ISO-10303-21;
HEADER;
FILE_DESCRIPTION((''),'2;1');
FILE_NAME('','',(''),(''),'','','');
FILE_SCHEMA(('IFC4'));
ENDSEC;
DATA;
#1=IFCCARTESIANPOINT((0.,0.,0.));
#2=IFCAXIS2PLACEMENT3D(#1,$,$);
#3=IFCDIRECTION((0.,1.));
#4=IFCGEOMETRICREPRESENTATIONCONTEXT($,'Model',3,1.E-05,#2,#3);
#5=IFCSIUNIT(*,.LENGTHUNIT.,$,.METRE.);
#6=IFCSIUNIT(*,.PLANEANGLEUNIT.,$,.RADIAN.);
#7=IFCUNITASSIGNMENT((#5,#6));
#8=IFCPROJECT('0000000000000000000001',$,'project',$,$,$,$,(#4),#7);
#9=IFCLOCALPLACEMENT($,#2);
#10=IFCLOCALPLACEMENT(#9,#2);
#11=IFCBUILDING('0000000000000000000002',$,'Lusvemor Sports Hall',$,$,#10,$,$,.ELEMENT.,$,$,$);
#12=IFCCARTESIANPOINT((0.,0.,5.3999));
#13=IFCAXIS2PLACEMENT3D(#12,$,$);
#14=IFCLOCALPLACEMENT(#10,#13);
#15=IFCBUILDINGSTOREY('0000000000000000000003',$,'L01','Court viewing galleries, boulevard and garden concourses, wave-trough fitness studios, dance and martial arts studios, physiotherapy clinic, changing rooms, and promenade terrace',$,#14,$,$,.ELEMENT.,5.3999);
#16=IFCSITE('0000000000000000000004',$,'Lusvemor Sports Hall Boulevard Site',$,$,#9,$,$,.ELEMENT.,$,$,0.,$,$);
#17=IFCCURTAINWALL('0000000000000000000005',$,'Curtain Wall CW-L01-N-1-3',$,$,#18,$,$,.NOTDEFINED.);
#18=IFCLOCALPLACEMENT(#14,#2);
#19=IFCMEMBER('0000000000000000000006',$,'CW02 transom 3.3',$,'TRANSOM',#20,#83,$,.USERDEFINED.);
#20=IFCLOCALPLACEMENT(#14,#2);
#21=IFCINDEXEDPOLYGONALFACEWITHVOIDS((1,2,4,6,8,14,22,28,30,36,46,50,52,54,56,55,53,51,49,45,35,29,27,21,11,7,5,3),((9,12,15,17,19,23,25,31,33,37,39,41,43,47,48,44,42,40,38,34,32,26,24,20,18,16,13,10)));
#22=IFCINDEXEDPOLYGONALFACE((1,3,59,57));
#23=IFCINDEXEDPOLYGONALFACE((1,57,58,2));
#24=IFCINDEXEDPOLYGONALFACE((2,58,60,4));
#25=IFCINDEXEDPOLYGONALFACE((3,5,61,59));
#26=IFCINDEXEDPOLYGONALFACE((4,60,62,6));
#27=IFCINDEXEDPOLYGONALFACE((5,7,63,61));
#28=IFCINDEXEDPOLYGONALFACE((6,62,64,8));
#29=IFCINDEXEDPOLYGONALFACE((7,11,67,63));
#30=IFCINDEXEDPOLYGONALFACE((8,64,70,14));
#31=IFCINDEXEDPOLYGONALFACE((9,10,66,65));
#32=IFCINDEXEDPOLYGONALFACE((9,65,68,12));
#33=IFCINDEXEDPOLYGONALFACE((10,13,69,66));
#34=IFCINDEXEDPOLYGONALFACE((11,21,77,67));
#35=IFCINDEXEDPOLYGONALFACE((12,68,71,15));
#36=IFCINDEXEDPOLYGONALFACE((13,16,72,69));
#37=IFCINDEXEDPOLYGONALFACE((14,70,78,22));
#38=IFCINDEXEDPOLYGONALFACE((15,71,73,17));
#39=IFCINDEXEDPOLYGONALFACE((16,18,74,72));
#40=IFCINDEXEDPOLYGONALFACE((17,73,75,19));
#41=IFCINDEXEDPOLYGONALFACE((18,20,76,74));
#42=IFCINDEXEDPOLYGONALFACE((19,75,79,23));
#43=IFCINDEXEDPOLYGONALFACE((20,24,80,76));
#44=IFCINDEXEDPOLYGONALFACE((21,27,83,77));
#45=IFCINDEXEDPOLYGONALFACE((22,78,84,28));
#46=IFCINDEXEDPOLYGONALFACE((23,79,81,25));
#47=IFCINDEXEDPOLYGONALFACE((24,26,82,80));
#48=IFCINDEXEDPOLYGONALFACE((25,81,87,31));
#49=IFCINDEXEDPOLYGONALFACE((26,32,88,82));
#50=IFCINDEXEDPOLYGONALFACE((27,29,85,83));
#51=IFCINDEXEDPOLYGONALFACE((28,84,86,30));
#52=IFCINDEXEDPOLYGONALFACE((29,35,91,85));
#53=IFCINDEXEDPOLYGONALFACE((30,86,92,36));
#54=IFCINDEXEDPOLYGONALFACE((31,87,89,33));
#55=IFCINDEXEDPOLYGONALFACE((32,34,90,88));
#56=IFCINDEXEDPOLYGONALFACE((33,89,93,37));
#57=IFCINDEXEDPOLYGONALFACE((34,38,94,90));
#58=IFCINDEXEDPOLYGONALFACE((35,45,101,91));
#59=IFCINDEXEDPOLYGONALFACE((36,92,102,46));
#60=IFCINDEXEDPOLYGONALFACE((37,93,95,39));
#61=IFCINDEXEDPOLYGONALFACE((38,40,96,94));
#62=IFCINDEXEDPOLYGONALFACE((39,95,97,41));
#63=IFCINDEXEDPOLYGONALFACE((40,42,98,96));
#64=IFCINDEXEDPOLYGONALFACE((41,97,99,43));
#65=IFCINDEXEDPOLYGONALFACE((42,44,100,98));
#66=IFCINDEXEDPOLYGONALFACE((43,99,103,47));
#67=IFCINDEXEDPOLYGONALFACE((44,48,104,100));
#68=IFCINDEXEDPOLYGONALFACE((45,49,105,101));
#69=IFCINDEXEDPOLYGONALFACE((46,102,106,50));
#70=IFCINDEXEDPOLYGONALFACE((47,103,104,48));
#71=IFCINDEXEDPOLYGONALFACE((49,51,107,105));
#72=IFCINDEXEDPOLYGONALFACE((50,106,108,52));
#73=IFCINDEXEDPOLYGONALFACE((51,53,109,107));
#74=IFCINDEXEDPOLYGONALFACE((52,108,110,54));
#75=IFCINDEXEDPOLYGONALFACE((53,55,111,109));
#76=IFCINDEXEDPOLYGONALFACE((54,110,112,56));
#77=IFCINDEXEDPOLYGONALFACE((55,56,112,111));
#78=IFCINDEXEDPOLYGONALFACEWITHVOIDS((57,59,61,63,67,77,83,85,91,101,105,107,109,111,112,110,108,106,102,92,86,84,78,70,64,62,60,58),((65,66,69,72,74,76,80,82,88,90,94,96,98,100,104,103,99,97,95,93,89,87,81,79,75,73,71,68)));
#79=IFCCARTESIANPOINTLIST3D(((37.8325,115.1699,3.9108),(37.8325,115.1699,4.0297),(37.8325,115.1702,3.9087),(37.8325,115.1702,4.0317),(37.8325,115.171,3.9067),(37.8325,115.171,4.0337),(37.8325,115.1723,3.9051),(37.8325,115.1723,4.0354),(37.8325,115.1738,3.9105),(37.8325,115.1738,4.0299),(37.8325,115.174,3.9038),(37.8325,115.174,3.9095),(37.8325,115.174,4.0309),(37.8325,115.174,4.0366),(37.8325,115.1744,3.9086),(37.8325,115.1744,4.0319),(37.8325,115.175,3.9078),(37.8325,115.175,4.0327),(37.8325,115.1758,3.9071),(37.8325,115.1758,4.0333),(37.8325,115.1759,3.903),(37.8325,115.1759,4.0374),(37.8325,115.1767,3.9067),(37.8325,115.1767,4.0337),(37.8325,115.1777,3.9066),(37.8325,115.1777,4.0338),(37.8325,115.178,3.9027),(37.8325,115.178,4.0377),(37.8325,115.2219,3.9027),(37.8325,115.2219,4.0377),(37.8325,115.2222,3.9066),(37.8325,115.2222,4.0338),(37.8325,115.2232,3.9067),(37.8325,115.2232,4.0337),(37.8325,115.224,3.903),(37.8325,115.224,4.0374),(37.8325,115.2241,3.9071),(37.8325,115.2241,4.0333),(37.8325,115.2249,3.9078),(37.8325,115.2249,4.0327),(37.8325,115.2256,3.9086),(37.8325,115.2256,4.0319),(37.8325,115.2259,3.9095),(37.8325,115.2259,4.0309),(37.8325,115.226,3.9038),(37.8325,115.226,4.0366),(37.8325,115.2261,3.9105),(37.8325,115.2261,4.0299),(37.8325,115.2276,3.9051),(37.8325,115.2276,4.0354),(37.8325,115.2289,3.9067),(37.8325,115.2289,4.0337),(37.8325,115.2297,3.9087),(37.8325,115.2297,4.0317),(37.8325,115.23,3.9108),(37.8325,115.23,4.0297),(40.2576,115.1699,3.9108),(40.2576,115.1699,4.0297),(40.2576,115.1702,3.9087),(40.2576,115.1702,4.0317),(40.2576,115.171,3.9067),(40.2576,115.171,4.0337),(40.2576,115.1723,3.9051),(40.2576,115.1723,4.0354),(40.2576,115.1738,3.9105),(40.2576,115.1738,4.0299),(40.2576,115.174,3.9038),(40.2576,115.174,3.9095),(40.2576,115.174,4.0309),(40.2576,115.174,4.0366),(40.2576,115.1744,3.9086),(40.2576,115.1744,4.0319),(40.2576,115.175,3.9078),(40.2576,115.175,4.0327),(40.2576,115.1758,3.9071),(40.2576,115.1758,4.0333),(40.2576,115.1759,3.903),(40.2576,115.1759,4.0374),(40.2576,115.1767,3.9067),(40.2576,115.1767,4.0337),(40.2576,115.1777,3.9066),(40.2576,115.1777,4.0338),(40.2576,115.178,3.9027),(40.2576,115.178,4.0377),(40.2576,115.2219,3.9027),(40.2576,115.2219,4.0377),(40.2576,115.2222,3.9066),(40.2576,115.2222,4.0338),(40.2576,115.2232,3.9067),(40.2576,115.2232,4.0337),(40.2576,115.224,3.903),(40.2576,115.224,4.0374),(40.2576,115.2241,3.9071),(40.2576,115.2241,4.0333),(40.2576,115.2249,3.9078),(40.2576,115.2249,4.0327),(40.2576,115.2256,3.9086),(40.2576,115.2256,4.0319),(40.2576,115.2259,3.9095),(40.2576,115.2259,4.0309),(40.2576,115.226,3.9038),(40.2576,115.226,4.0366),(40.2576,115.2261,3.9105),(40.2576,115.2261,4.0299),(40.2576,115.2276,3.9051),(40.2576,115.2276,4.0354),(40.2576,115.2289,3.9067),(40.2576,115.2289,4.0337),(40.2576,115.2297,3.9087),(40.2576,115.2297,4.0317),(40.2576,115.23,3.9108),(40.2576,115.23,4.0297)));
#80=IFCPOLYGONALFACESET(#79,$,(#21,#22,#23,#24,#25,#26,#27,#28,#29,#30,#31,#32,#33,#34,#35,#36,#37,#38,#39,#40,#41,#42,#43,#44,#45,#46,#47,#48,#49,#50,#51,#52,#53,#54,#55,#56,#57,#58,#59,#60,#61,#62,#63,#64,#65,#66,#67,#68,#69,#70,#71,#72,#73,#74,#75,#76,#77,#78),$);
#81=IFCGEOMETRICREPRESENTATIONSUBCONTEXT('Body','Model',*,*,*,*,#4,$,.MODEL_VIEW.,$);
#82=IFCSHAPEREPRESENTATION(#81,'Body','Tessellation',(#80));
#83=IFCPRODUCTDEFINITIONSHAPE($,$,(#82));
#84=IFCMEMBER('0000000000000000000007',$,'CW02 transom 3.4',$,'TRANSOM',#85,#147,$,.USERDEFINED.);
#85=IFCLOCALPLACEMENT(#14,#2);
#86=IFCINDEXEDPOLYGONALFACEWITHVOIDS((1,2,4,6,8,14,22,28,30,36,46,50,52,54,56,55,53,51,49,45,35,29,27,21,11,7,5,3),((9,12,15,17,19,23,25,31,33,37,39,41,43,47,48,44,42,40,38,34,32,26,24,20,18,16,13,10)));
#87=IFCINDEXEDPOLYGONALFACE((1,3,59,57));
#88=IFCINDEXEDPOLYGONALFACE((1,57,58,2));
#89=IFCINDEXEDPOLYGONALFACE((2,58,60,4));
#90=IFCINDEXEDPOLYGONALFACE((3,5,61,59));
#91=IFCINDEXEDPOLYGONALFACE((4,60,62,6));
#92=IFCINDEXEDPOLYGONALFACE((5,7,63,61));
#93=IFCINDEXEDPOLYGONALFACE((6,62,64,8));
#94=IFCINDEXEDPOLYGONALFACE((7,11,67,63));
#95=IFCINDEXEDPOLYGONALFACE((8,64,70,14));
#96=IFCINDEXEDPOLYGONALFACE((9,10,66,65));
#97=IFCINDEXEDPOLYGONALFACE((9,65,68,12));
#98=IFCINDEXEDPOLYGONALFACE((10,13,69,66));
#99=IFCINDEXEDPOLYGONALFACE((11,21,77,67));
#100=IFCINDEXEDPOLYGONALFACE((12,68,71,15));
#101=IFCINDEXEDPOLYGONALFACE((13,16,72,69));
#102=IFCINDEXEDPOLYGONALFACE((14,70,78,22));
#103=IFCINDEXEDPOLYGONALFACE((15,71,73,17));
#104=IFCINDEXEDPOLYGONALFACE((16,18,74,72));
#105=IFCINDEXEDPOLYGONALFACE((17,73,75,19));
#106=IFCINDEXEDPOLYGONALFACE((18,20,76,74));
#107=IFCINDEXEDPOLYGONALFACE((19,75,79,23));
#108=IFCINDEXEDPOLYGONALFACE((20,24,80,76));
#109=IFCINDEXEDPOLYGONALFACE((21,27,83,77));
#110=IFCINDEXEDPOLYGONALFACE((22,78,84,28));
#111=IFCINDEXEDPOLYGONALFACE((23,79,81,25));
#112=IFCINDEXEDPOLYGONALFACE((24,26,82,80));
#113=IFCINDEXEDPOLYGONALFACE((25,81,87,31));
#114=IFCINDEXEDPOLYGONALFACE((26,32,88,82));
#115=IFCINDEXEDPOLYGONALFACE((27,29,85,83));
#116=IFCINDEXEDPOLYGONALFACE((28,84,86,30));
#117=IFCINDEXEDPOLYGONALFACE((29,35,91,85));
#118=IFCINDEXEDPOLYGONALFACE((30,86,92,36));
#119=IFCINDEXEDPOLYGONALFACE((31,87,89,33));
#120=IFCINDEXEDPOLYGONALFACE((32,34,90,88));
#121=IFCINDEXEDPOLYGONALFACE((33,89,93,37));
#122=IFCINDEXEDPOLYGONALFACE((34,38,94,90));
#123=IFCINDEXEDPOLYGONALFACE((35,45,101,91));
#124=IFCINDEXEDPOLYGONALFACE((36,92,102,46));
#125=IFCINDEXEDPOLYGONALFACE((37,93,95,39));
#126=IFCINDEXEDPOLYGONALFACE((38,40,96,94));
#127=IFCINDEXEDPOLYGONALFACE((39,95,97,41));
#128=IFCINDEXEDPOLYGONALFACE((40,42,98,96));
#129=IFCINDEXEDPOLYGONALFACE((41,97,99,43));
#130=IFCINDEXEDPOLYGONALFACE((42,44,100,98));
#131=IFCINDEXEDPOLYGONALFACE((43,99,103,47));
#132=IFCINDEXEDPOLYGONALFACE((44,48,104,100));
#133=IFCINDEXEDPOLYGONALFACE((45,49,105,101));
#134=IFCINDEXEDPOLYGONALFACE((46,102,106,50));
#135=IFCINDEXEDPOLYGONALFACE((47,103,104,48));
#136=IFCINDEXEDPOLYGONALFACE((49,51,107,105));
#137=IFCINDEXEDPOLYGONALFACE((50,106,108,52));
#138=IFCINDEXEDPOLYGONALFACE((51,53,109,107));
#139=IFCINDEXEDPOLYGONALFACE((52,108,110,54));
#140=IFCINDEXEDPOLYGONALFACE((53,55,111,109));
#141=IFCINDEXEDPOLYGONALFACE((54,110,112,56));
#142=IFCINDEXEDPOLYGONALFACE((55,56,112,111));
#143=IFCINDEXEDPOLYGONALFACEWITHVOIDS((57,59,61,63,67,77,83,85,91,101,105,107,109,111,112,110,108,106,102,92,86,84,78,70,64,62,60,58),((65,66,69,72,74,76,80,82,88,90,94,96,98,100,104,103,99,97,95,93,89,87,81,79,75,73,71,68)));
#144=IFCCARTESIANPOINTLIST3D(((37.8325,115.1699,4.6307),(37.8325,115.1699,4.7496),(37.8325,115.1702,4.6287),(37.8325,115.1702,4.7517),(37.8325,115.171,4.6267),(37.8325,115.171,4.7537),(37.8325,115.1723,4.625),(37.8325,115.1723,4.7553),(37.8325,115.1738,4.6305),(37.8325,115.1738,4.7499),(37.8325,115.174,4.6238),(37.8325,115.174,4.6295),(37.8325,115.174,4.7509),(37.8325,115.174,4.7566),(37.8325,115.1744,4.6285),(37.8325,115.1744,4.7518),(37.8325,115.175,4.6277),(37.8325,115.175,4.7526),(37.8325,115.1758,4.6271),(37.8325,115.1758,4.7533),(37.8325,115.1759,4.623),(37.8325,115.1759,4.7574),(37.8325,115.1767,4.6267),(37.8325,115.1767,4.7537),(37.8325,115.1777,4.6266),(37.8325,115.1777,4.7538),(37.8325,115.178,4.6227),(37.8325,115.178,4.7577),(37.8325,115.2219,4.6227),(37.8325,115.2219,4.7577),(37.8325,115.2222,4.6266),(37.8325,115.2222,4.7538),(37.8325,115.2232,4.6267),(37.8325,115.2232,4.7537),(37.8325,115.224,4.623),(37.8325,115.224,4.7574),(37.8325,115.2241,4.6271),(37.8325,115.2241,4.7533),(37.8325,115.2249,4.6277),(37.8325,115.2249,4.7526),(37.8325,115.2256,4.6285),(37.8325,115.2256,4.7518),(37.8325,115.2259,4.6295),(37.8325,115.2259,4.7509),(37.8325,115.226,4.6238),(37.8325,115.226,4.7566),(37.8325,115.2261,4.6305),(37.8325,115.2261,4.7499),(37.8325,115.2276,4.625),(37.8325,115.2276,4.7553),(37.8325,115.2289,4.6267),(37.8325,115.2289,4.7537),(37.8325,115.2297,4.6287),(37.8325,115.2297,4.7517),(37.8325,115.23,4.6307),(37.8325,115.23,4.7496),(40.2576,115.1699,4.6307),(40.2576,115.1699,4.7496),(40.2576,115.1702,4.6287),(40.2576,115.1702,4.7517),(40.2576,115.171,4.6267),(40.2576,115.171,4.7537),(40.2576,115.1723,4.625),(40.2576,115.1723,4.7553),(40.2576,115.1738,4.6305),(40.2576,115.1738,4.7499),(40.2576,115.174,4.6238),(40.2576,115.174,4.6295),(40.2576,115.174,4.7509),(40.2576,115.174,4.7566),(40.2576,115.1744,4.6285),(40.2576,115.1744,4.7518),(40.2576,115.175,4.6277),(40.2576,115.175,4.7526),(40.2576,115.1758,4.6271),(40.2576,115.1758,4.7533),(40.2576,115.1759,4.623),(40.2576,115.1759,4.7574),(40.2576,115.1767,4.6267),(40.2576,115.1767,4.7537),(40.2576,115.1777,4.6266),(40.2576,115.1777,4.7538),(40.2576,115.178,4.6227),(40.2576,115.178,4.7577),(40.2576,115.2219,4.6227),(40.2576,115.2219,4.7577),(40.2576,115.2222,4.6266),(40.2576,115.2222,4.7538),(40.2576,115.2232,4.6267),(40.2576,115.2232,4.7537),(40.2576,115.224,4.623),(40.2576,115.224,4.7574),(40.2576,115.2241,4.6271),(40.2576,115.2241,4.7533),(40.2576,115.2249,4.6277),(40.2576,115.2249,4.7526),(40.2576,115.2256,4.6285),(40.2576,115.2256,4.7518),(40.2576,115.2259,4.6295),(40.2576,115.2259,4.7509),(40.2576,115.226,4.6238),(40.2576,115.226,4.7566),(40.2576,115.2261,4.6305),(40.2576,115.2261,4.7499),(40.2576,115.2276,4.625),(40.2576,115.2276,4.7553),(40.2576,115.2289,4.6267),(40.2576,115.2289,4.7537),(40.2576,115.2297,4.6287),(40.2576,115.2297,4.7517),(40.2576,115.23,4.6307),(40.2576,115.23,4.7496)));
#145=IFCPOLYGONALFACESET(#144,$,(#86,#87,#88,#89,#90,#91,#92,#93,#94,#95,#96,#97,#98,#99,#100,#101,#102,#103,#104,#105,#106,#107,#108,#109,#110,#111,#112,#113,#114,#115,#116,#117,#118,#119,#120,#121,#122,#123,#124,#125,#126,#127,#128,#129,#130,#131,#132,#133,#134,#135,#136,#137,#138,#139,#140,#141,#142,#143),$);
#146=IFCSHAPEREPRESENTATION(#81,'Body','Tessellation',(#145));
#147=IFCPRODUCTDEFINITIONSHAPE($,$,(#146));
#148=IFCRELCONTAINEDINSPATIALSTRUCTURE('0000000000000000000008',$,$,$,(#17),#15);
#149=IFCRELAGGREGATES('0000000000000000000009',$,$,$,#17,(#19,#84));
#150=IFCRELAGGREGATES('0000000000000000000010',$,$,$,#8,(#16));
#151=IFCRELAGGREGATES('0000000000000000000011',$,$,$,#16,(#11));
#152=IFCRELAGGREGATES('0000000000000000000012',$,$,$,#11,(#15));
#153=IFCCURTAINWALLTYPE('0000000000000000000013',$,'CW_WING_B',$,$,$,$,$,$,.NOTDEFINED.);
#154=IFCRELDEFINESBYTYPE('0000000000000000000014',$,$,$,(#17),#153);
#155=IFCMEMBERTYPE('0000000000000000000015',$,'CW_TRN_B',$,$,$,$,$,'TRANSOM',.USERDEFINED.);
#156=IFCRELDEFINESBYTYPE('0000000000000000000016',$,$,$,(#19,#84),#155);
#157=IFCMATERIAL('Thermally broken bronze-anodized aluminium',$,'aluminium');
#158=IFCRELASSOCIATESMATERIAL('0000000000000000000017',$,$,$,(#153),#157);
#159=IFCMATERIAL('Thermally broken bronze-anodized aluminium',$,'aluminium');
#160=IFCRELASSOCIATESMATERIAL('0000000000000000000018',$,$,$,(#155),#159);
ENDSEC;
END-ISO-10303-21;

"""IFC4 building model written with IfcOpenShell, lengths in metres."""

from ifc_helpers import new_model, si_unit, direction, frame, origin, origin_2d, place, context, subcontext, project, spatial, hollow_rectangle, extrude, material, material_profile, profile_set, type_object, element, aggregate, save


model = new_model("IFC4")

# Units and contexts
model_context = context("Model", 3, precision=1e-05, world=origin(), true_north=direction((0.0, 1.0)))
body_context = subcontext(model_context, "Body", "Model", "MODEL_VIEW")
ifc_project = project(units=[si_unit("LENGTHUNIT", "METRE"), si_unit("PLANEANGLEUNIT", "RADIAN")], contexts=[model_context])

# Site, building, storey
site_placement = place(None, origin())
site = spatial("IfcSite", under=ifc_project, at=site_placement, Name="Lusvemor Sports Hall Boulevard Site", CompositionType="ELEMENT", RefElevation=0.0)
building_placement = place(site_placement, origin())
building = spatial("IfcBuilding", under=site, at=building_placement, Name="Lusvemor Sports Hall", CompositionType="ELEMENT")
storey_placement = place(building_placement, frame((0.0, 0.0, 5.3999)))
storey = spatial("IfcBuildingStorey", under=building, at=storey_placement, Name="L01", Description="Court viewing galleries, boulevard and garden concourses, wave-trough fitness studios, dance and martial arts studios, physiotherapy clinic, changing rooms, and promenade terrace", CompositionType="ELEMENT", Elevation=5.3999)

# Curtain wall, members
ifc_material_1 = material(Name="Thermally broken bronze-anodized aluminium", Category="aluminium")
curtain_wall_type = type_object("IfcCurtainWallType", Name="CW_WING_B", PredefinedType="NOTDEFINED", material=ifc_material_1)
curtain_wall_placement = place(storey_placement, origin())
curtain_wall = element("IfcCurtainWall", 1, at=curtain_wall_placement, inside=storey, type_object=curtain_wall_type, Name="Curtain Wall CW-L01-N-1-3", PredefinedType="NOTDEFINED")
ifc_material_2 = material(Name="Thermally broken bronze-anodized aluminium", Category="aluminium")
ifc_material_profile_1 = material_profile(ifc_material_2, hollow_rectangle(XDim=0.0601, YDim=0.135, WallThickness=0.0039, InnerFilletRadius=0.0039, OuterFilletRadius=0.0081, at=origin_2d()), Name="CWTRN135x60x4")
ifc_profile_set_1 = profile_set([ifc_material_profile_1], Name="Thermally broken bronze-anodized aluminium")
member_type_1 = type_object("IfcMemberType", Name="CW_TRN_B", ElementType="TRANSOM", PredefinedType="USERDEFINED", material=ifc_profile_set_1)
member_1_placement = place(storey_placement, frame((37.8325, 115.2, 3.9702), z_axis=(1.0, 0.0, 0.0), x_axis=(0.0, 1.0, 0.0)))
member_1 = element("IfcMember", 2, at=member_1_placement, type_object=member_type_1, Name="CW02 transom 3.3", ObjectType="TRANSOM", PredefinedType="USERDEFINED", context=body_context, shape_type="SweptSolid", body=[
    extrude(hollow_rectangle(XDim=0.0601, YDim=0.135, WallThickness=0.0039, InnerFilletRadius=0.0039, OuterFilletRadius=0.0081, at=origin_2d()), origin(), (0.0, 0.0, 1.0), 2.425),
])
member_2_placement = place(storey_placement, frame((37.8325, 115.2, 4.6902), z_axis=(1.0, 0.0, 0.0), x_axis=(0.0, 1.0, 0.0)))
member_2 = element("IfcMember", 3, at=member_2_placement, type_object=member_type_1, Name="CW02 transom 3.4", ObjectType="TRANSOM", PredefinedType="USERDEFINED", context=body_context, shape_type="SweptSolid", body=[
    extrude(hollow_rectangle(XDim=0.0601, YDim=0.135, WallThickness=0.0039, InnerFilletRadius=0.0039, OuterFilletRadius=0.0081, at=origin_2d()), origin(), (0.0, 0.0, 1.0), 2.425),
])

aggregate(curtain_wall, [member_1, member_2])

save(model, "model.ifc")
